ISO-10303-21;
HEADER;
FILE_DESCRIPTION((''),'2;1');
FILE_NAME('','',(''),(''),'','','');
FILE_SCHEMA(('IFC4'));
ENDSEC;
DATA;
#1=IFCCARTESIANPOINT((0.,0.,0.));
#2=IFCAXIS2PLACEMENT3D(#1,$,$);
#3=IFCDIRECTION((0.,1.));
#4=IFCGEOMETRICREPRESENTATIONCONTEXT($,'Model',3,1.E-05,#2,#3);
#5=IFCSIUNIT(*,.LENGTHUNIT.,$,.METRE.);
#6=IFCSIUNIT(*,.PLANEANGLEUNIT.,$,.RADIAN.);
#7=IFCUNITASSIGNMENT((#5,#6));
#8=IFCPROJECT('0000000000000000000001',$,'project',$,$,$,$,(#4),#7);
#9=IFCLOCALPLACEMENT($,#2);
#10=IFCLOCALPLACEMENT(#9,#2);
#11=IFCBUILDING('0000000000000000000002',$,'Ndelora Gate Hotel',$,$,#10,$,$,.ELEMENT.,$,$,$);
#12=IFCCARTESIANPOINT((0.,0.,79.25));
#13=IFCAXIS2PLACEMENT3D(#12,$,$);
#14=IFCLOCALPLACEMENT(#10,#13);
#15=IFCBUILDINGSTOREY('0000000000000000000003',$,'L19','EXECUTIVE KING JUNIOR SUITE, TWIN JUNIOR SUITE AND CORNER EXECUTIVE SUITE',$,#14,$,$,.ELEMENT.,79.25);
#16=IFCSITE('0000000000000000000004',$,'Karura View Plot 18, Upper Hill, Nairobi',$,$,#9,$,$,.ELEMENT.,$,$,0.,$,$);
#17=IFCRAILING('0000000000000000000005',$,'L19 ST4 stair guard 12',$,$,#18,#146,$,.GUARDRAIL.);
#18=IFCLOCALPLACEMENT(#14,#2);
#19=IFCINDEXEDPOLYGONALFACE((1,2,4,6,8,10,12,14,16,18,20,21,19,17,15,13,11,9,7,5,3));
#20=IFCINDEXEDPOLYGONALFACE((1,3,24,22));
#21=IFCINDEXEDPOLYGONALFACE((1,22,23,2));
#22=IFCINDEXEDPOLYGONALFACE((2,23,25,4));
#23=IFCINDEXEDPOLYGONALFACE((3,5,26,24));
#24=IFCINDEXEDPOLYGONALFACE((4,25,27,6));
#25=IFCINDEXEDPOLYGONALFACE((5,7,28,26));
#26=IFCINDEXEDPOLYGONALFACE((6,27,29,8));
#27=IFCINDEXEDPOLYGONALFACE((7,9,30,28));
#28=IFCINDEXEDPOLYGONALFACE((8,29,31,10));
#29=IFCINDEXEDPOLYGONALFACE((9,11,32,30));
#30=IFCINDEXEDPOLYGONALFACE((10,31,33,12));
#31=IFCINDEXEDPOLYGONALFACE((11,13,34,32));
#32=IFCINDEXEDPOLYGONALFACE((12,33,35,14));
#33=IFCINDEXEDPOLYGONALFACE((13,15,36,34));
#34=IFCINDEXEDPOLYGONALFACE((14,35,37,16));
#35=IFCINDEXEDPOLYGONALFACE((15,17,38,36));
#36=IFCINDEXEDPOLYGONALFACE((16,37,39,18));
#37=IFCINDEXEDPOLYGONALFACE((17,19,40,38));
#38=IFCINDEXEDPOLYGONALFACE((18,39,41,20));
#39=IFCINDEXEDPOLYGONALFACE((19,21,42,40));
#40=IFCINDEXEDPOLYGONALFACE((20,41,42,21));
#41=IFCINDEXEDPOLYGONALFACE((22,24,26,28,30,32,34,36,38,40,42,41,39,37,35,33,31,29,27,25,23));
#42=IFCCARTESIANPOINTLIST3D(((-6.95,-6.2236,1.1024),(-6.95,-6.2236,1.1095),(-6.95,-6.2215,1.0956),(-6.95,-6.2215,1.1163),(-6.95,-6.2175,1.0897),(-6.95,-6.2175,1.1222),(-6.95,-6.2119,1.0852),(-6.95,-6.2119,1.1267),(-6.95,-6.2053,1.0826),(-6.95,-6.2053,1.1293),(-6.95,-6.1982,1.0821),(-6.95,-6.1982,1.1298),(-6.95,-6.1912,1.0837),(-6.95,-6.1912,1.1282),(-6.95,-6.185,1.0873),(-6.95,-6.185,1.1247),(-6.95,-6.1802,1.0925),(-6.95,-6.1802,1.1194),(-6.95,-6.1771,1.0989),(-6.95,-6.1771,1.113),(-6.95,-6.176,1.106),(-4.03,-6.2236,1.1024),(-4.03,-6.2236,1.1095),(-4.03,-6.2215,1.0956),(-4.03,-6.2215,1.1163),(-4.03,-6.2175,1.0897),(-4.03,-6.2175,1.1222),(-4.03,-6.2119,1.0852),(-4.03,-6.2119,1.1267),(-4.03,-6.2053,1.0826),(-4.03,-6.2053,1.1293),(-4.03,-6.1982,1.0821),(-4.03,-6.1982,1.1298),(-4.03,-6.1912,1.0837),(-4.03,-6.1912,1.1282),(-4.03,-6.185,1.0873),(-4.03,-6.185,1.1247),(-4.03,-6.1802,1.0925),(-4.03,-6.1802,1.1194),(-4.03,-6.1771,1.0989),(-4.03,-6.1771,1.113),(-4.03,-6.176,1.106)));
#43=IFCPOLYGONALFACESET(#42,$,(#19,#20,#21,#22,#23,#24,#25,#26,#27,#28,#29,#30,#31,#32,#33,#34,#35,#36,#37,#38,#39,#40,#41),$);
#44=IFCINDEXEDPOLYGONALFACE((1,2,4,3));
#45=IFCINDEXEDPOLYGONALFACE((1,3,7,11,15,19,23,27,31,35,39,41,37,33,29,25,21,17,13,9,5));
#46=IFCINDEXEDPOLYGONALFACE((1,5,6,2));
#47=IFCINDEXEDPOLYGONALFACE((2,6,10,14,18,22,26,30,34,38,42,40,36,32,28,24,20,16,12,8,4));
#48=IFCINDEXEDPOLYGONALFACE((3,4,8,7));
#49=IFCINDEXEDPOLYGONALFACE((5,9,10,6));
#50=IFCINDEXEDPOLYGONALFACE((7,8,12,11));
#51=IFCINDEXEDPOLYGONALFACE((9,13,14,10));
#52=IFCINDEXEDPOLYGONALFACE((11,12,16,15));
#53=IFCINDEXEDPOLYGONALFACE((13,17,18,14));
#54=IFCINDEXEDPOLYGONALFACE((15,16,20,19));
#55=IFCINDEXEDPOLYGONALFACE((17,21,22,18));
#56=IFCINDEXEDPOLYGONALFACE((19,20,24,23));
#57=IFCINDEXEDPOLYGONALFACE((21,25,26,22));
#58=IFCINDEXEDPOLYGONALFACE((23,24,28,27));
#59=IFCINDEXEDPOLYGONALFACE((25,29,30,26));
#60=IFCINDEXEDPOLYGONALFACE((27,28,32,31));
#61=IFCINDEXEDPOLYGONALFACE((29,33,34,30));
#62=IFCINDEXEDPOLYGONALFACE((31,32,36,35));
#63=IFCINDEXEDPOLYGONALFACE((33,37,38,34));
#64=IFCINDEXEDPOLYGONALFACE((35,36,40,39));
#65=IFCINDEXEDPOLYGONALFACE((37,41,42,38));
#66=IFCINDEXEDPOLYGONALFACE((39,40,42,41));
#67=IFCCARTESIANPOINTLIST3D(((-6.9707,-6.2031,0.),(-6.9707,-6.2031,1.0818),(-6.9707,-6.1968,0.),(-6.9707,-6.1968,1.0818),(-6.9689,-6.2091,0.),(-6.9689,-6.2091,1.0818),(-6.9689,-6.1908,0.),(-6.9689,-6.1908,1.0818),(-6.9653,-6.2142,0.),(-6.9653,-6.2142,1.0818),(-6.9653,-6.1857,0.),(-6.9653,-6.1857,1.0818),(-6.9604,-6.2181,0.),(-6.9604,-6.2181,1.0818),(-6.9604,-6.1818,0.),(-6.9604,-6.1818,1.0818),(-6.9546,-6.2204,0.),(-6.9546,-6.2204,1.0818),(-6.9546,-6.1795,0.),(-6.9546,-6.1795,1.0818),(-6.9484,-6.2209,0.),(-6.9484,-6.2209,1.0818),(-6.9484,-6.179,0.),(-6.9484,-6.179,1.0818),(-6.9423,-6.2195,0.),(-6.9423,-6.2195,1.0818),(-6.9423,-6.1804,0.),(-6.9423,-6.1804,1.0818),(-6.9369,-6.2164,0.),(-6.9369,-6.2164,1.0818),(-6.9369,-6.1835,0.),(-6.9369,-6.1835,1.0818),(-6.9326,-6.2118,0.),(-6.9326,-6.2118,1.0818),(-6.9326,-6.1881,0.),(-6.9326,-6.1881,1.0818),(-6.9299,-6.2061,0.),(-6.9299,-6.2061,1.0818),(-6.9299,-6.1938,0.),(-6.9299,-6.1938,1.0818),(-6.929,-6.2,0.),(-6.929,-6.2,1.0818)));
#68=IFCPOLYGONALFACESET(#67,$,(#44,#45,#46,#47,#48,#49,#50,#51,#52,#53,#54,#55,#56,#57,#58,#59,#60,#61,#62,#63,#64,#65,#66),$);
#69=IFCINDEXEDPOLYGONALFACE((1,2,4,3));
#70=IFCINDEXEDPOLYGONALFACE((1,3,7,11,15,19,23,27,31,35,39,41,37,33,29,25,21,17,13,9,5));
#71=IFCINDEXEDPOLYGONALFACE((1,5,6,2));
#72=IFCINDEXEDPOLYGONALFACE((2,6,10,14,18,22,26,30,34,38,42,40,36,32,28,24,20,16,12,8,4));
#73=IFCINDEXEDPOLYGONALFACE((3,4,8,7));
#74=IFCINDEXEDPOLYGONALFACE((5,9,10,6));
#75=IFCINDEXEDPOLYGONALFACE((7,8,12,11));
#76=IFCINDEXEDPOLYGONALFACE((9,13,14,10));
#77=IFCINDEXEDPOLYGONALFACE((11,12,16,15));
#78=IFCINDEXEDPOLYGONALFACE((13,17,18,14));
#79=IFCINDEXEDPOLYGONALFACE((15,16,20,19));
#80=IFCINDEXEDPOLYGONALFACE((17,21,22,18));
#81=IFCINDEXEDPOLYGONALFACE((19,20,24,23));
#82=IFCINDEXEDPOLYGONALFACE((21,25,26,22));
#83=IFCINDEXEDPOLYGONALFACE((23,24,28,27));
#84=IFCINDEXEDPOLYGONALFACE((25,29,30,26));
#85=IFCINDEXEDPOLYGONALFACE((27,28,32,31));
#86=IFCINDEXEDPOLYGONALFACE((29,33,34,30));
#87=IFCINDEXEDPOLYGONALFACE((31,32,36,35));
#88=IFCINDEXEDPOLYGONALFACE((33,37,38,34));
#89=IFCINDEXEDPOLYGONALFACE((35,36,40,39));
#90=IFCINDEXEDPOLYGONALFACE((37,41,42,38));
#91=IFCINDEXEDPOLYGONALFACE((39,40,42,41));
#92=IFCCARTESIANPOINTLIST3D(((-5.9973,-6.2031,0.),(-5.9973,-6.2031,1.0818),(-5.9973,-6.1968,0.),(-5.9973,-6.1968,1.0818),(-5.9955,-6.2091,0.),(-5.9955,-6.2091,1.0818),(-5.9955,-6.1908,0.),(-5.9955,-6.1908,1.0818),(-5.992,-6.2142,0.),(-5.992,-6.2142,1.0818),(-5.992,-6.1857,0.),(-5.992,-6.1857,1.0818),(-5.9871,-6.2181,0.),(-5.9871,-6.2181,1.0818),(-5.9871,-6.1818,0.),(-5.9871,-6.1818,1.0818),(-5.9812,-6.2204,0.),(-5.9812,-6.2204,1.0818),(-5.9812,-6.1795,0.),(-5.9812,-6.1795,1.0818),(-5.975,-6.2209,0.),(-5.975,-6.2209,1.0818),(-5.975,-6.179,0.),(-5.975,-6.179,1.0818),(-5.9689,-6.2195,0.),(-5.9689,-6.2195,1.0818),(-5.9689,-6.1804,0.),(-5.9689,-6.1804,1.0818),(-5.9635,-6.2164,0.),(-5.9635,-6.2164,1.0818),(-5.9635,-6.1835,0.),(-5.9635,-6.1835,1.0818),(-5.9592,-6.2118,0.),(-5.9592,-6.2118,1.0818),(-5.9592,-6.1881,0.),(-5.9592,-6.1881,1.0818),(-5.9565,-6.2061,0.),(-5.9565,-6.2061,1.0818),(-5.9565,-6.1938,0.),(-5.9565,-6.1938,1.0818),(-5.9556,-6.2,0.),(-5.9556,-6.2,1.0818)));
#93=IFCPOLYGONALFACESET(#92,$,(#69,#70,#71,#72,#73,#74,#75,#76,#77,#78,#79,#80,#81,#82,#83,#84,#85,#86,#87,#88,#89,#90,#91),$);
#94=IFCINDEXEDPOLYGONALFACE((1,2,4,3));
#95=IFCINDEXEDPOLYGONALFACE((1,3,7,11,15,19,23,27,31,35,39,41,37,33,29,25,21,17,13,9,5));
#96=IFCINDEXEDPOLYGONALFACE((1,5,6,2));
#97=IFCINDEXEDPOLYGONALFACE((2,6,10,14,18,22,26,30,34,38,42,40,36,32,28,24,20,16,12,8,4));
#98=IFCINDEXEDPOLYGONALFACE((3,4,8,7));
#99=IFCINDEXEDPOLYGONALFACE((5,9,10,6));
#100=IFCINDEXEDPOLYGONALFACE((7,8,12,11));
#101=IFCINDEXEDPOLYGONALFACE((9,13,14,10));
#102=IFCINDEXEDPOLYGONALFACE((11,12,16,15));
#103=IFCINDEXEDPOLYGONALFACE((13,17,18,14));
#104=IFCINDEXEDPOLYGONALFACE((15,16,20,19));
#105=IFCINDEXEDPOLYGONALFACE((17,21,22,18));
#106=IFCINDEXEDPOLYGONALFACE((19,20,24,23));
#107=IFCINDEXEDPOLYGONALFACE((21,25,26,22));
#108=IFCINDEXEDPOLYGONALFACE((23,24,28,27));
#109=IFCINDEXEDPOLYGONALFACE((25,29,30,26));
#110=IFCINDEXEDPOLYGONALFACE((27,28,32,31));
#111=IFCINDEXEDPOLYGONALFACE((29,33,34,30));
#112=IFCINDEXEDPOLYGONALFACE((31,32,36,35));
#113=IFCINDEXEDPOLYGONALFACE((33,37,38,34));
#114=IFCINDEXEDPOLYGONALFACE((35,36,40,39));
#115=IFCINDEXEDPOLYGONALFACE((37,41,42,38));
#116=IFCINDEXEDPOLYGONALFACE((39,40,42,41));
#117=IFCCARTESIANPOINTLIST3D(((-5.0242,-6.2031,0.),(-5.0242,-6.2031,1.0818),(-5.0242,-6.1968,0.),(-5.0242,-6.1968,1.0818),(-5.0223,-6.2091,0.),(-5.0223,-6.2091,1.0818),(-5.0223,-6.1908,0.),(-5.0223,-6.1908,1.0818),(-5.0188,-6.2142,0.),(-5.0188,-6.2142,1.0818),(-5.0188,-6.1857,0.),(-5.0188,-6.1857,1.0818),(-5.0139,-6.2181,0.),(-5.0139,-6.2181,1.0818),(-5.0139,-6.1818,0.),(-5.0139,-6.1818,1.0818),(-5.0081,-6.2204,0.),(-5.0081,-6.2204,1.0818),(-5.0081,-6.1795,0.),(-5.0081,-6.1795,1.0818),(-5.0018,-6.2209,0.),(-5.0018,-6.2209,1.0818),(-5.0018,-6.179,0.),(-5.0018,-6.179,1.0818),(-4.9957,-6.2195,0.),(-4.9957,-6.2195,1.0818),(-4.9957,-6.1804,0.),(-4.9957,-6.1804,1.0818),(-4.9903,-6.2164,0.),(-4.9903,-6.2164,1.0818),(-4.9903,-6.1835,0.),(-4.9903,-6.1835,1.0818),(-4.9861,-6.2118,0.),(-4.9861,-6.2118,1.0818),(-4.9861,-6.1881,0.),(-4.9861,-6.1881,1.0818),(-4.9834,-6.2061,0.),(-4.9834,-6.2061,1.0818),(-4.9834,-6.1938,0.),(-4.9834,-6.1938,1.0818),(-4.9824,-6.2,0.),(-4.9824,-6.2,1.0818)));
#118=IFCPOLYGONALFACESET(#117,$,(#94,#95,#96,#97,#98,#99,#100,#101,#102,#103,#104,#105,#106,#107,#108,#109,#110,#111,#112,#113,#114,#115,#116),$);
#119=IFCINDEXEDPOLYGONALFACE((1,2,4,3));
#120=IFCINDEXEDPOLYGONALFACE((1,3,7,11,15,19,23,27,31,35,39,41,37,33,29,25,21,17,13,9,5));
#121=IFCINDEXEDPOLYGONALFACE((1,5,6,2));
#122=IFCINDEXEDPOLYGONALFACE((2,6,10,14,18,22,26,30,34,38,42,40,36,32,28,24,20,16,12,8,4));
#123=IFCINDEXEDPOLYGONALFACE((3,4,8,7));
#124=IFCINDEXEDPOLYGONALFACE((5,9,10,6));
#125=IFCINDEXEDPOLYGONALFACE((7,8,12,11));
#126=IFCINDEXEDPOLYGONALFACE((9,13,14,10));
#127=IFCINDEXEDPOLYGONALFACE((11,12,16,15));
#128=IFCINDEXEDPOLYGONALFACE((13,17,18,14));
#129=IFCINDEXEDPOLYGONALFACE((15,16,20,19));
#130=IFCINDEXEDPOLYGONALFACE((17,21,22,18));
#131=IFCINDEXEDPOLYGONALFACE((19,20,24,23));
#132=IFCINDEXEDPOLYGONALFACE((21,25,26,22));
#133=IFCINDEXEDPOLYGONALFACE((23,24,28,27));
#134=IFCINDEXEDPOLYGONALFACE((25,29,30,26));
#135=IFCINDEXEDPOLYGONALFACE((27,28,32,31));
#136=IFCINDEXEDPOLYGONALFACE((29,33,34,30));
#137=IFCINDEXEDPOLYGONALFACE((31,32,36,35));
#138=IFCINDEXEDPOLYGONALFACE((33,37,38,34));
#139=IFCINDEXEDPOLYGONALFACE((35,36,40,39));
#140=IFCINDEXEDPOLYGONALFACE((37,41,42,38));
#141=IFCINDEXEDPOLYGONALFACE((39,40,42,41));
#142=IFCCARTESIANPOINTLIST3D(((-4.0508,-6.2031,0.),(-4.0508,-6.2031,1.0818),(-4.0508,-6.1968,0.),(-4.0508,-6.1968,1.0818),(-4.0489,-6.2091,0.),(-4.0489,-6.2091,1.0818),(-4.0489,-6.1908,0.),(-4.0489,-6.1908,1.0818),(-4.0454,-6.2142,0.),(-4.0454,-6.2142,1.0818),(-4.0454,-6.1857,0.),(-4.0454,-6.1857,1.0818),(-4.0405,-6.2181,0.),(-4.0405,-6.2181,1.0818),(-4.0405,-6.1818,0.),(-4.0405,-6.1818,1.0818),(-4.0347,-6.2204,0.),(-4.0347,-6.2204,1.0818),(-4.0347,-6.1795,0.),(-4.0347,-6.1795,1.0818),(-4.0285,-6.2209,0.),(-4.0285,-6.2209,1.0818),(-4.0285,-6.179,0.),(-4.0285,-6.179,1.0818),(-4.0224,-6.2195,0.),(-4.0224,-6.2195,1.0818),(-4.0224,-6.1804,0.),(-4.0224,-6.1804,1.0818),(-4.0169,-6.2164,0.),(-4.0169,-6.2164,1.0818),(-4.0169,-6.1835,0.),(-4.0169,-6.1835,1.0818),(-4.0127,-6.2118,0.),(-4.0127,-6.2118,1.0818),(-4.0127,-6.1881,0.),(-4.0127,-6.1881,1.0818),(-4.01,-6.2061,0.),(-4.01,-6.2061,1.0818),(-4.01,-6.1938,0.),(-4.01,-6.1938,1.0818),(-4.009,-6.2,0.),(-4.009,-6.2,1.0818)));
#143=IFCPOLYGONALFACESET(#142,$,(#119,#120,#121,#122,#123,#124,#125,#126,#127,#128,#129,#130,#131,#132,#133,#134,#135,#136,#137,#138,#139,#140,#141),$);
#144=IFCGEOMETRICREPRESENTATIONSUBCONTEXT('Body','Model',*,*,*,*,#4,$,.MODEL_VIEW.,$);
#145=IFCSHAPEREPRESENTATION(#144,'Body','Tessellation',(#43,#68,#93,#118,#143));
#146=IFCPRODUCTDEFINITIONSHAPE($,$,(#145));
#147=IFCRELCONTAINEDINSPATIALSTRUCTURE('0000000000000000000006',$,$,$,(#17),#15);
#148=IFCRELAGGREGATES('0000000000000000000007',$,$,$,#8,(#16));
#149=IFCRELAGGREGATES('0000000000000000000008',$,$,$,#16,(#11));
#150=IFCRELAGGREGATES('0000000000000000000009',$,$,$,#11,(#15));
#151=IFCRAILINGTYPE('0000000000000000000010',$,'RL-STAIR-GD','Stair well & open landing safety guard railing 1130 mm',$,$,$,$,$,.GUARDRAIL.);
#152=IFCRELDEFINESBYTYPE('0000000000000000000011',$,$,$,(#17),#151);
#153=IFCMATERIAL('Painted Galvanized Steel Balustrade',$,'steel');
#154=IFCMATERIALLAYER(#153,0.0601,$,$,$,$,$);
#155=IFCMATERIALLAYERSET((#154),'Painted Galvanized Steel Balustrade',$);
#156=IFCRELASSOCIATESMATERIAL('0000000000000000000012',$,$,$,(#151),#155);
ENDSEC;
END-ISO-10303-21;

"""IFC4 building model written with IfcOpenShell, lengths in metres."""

from ifc_helpers import new_model, si_unit, direction, frame, origin, origin_2d, place, context, subcontext, project, spatial, circle, extrude, material, layer, layer_set, type_object, element, save


model = new_model("IFC4")

# Units and contexts
model_context = context("Model", 3, precision=1e-05, world=origin(), true_north=direction((0.0, 1.0)))
body_context = subcontext(model_context, "Body", "Model", "MODEL_VIEW")
ifc_project = project(units=[si_unit("LENGTHUNIT", "METRE"), si_unit("PLANEANGLEUNIT", "RADIAN")], contexts=[model_context])

# Site, building, storey
site_placement = place(None, origin())
site = spatial("IfcSite", under=ifc_project, at=site_placement, Name="Karura View Plot 18, Upper Hill, Nairobi", CompositionType="ELEMENT", RefElevation=0.0)
building_placement = place(site_placement, origin())
building = spatial("IfcBuilding", under=site, at=building_placement, Name="Ndelora Gate Hotel", CompositionType="ELEMENT")
storey_placement = place(building_placement, frame((0.0, 0.0, 79.25)))
storey = spatial("IfcBuildingStorey", under=building, at=storey_placement, Name="L19", Description="EXECUTIVE KING JUNIOR SUITE, TWIN JUNIOR SUITE AND CORNER EXECUTIVE SUITE", CompositionType="ELEMENT", Elevation=79.25)

# Railing
ifc_material_1 = material(Name="Painted Galvanized Steel Balustrade", Category="steel")
ifc_layer_1 = layer(ifc_material_1, 0.0601)
ifc_layer_set_1 = layer_set([ifc_layer_1], Name="Painted Galvanized Steel Balustrade")
railing_type = type_object("IfcRailingType", Name="RL-STAIR-GD", Description="Stair well & open landing safety guard railing 1130 mm", PredefinedType="GUARDRAIL", material=ifc_layer_set_1)
railing_1_placement = place(storey_placement, frame((-6.95, -6.2, 0.0)))
element("IfcRailing", 1, at=railing_1_placement, inside=storey, type_object=railing_type, Name="L19 ST4 stair guard 12", PredefinedType="GUARDRAIL", context=body_context, shape_type="SweptSolid", body=[
    extrude(circle(Radius=0.0239, at=origin_2d()), frame((0.0, 0.0, 1.106), z_axis=(1.0, 0.0, 0.0), x_axis=(0.0, 1.0, 0.0)), (0.0, 0.0, 1.0), 2.9199),
    extrude(circle(Radius=0.021, at=origin_2d()), origin(), (0.0, 0.0, 1.0), 1.0818),
    extrude(circle(Radius=0.021, at=origin_2d()), frame((0.9734, 0.0, 0.0)), (0.0, 0.0, 1.0), 1.0818),
    extrude(circle(Radius=0.021, at=origin_2d()), frame((1.9465, 0.0, 0.0)), (0.0, 0.0, 1.0), 1.0818),
    extrude(circle(Radius=0.021, at=origin_2d()), frame((2.9199, 0.0, 0.0)), (0.0, 0.0, 1.0), 1.0818),
])

save(model, "model.ifc")
